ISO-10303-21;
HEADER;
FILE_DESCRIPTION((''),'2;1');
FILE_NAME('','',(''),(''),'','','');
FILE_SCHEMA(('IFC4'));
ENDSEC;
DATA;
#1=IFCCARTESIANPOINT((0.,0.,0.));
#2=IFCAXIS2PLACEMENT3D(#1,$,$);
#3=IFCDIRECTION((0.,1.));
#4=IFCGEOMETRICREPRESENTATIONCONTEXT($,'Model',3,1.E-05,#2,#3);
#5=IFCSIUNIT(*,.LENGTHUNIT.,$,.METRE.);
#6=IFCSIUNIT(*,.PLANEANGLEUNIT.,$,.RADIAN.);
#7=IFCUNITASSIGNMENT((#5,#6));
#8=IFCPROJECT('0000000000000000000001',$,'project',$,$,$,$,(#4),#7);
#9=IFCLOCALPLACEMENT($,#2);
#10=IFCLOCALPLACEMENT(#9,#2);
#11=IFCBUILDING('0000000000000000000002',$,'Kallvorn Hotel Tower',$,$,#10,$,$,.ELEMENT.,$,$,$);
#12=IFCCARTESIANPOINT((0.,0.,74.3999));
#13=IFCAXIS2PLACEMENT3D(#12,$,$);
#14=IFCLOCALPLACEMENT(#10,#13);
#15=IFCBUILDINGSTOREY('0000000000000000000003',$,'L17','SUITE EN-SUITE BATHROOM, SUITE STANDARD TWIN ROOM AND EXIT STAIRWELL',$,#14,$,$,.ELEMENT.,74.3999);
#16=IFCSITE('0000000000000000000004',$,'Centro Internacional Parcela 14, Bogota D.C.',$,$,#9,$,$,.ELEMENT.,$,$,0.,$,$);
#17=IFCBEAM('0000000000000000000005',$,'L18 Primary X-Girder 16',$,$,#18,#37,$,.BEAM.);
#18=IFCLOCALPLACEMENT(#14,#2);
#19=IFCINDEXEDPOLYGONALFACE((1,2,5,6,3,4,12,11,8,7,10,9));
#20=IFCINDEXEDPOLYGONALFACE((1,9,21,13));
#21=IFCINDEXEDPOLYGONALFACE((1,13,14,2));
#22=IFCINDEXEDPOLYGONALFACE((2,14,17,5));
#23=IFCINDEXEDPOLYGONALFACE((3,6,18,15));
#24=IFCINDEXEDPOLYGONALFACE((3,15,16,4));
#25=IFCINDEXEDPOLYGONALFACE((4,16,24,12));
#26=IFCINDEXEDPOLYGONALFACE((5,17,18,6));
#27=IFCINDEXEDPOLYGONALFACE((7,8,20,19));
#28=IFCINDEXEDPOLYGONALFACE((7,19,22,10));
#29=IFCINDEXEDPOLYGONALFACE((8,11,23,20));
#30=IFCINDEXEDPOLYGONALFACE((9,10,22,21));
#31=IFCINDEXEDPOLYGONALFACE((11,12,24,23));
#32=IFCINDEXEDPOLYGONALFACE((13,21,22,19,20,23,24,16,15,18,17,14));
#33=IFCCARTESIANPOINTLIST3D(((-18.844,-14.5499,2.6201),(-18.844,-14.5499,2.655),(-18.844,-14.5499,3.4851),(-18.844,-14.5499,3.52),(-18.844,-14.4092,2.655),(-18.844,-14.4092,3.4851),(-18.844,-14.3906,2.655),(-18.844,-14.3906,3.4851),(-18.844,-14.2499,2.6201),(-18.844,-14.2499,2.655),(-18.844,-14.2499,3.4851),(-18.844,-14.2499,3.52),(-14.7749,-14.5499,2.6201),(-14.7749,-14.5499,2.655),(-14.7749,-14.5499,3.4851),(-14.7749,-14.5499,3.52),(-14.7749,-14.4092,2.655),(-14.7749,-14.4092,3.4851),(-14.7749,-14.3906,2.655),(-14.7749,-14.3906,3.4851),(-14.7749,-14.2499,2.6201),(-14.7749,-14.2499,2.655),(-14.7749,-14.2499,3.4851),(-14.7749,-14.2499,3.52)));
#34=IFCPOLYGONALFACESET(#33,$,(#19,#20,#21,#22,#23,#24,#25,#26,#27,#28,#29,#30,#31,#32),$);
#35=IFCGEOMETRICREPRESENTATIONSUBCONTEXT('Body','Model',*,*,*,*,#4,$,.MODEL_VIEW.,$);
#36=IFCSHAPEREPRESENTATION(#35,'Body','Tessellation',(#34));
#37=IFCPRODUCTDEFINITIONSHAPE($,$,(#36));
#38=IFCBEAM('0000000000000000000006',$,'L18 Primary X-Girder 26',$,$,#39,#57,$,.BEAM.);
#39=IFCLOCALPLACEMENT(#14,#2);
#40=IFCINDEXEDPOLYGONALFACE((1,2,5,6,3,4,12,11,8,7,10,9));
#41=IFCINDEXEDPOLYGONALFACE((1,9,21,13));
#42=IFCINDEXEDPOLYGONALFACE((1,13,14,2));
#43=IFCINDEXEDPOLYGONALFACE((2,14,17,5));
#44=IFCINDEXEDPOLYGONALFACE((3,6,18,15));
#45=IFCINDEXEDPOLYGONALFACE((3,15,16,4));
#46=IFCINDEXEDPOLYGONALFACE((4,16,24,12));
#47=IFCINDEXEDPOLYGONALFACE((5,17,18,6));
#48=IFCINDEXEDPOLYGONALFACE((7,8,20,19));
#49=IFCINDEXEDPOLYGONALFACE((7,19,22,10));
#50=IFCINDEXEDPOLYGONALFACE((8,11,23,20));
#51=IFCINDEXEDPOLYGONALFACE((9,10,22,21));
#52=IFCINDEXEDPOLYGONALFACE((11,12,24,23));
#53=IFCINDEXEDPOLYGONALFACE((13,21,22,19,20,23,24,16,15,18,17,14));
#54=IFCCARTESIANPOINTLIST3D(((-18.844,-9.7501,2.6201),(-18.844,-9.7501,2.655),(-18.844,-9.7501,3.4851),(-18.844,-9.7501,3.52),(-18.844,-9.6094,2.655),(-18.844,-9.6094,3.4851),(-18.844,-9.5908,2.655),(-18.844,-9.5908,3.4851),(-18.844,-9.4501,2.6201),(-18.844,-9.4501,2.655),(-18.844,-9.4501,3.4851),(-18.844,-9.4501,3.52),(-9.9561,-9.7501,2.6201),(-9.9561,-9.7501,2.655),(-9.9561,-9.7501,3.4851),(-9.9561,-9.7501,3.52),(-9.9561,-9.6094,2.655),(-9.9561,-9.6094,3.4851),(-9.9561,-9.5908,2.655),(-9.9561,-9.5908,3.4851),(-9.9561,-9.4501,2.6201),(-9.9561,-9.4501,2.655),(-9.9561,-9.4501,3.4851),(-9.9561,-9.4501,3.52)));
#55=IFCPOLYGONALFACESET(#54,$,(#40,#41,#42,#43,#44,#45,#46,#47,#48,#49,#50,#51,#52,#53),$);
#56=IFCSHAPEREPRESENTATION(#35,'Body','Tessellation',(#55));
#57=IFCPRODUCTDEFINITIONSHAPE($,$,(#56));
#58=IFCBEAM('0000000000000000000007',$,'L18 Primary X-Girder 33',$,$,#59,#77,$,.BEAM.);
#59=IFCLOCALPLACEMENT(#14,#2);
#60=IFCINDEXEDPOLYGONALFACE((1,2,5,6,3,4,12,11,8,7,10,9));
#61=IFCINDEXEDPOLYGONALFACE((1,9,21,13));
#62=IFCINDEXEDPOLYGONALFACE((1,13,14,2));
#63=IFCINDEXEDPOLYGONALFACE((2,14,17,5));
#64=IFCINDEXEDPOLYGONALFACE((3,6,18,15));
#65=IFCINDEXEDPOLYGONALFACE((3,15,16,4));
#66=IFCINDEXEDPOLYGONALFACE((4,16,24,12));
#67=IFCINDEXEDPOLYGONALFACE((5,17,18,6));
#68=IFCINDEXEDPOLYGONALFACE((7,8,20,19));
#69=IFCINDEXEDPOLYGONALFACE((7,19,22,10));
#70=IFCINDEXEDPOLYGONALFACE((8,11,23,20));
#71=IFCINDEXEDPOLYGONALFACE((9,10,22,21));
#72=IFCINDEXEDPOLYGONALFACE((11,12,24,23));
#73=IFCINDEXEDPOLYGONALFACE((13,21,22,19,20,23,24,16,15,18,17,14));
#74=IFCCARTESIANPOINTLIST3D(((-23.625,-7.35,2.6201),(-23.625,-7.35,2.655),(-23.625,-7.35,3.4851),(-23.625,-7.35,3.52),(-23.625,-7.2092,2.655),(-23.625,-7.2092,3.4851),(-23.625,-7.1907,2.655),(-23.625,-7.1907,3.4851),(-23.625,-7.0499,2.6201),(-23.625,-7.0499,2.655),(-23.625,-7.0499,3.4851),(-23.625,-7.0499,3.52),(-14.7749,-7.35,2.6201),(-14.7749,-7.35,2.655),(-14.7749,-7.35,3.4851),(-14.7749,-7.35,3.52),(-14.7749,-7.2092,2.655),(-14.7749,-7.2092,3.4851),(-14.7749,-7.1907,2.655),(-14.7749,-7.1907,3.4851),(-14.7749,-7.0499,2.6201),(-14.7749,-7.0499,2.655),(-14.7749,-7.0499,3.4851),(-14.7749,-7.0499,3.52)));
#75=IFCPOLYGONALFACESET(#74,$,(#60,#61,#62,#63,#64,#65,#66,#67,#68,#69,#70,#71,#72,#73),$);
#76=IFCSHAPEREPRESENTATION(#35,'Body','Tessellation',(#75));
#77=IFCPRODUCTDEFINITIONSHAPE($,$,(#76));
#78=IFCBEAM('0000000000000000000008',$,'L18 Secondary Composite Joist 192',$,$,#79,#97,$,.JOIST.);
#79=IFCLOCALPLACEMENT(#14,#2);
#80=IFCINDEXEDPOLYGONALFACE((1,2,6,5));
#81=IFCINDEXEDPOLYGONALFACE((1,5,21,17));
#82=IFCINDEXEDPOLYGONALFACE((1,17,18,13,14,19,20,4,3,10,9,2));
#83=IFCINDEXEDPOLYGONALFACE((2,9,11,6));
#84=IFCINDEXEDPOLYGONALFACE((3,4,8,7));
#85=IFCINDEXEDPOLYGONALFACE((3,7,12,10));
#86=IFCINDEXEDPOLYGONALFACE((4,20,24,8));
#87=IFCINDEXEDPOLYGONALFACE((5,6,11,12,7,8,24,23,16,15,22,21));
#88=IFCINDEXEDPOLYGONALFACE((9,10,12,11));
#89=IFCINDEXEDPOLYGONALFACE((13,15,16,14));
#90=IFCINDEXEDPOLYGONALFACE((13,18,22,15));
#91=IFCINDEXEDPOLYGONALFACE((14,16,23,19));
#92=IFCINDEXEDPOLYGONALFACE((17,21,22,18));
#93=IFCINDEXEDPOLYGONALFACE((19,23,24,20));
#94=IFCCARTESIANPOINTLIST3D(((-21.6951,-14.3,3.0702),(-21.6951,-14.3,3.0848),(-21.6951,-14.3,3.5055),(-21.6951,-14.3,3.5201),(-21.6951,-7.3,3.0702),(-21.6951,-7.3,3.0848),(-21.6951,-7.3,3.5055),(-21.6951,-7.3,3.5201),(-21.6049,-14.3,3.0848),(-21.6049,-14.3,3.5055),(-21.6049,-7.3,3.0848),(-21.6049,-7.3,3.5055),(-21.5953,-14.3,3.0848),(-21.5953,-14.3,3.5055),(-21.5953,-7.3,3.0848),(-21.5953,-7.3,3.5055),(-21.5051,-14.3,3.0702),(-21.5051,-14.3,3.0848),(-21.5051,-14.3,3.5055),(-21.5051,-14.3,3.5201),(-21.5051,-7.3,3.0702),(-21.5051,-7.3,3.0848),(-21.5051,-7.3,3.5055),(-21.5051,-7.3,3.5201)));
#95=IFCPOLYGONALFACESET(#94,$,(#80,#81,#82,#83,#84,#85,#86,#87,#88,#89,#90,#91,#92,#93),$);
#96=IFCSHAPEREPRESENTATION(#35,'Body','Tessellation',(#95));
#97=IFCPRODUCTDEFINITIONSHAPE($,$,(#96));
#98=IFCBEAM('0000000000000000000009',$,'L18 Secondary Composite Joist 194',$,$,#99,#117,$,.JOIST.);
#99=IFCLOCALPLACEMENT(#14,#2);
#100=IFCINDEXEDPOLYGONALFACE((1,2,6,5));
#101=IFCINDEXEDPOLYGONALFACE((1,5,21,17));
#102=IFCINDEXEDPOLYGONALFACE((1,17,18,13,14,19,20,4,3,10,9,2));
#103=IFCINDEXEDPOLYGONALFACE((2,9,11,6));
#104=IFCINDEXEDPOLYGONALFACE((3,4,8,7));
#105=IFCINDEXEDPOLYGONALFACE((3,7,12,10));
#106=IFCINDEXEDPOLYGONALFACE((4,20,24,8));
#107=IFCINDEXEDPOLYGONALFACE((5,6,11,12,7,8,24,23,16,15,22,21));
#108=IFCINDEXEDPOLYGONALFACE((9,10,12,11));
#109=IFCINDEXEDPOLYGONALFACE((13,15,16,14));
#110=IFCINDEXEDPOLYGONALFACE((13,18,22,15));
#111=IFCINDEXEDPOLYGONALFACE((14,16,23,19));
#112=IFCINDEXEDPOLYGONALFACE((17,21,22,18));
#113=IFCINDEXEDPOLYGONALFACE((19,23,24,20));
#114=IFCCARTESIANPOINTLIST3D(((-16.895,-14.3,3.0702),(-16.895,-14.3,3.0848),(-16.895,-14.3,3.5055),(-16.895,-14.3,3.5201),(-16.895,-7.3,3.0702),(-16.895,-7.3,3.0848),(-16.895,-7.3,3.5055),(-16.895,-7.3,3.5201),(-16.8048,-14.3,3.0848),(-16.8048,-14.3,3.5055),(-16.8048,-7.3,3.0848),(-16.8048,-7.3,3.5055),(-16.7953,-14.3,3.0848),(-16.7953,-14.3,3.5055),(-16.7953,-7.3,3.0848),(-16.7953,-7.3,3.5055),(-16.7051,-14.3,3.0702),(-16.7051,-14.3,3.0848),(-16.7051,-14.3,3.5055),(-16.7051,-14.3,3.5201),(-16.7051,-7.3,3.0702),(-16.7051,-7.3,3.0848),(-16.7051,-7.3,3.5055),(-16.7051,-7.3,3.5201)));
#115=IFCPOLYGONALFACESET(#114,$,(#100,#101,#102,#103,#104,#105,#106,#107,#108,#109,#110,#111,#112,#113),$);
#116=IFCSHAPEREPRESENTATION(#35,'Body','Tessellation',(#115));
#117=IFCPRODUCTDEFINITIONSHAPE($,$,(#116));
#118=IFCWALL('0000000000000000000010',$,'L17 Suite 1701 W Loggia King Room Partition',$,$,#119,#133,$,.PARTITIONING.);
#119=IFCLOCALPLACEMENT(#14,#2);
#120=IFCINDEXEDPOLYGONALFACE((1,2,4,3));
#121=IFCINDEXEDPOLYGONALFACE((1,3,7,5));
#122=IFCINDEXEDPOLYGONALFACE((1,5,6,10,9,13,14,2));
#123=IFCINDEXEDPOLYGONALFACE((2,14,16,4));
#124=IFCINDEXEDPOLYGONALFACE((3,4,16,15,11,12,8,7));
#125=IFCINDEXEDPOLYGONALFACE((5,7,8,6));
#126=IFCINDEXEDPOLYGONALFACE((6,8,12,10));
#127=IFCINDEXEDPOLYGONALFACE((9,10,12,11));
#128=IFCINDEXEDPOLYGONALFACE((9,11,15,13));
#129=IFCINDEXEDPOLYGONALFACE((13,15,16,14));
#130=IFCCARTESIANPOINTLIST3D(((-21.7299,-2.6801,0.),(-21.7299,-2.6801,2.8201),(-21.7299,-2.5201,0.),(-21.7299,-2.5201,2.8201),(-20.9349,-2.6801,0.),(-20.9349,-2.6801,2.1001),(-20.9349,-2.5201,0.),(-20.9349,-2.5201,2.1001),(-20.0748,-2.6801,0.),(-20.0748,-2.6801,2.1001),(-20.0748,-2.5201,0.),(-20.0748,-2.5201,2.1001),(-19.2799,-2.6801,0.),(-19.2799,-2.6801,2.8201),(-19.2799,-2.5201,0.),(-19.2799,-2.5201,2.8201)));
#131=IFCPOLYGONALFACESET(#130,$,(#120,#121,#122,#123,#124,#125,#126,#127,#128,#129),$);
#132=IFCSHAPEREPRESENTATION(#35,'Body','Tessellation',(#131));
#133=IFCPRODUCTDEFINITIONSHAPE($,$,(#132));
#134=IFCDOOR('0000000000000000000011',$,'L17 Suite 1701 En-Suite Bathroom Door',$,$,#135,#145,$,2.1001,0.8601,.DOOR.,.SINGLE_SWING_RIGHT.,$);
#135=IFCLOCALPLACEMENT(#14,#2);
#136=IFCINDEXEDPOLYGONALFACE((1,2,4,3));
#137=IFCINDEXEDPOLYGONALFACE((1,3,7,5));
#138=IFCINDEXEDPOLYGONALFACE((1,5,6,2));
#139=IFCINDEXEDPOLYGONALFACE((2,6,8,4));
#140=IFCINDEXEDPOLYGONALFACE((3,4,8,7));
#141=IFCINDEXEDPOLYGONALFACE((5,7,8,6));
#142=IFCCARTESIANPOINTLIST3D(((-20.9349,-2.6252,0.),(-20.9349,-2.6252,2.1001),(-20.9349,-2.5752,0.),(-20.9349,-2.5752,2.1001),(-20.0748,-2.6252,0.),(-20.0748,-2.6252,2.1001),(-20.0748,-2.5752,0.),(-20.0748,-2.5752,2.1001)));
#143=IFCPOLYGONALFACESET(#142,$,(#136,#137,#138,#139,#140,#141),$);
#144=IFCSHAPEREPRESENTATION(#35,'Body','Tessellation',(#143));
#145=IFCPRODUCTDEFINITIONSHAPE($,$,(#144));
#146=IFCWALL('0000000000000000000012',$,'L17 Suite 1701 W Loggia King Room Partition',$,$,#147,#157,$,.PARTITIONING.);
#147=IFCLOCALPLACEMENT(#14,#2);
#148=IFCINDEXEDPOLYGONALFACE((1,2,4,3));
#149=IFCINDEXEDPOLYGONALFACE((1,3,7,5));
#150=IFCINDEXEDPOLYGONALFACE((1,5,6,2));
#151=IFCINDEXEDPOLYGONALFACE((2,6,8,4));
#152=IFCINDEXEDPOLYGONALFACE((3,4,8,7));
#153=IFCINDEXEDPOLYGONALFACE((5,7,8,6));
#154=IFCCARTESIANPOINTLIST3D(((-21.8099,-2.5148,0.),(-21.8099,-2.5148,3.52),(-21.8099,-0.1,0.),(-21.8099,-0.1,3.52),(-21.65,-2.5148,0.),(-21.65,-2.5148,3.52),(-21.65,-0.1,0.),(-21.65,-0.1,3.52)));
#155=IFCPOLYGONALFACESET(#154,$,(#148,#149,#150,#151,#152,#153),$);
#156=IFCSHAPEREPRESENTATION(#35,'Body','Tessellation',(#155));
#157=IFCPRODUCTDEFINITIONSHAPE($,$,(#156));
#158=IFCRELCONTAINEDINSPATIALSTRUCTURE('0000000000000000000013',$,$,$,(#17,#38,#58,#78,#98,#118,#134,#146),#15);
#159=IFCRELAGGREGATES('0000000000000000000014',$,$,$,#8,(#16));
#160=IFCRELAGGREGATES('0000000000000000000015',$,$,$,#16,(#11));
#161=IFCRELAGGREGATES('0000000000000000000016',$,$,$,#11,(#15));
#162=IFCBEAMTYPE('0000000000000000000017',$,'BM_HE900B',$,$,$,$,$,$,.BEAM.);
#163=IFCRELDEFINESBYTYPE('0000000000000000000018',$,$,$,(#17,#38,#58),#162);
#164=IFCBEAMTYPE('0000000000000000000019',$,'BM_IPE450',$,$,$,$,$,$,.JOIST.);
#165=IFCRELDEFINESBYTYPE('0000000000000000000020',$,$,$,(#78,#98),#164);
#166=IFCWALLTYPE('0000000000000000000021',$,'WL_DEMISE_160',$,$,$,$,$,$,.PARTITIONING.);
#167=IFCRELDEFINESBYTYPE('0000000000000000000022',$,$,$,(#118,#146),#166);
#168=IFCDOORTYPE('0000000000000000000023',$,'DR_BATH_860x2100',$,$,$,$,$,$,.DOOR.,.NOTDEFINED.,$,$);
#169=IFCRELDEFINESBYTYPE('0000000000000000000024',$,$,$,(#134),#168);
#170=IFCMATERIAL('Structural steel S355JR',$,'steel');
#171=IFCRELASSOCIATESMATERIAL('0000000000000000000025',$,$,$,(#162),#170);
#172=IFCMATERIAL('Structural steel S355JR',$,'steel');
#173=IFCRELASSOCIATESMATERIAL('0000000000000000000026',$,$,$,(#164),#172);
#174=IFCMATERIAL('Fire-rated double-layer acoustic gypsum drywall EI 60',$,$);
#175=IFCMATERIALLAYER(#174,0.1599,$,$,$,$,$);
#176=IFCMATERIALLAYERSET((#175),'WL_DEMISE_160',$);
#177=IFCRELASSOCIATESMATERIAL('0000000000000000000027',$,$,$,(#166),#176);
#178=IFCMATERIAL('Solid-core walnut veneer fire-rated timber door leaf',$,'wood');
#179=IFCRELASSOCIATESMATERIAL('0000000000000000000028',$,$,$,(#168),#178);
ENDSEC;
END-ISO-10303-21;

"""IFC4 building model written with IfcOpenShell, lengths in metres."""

from ifc_helpers import new_model, si_unit, direction, frame, frame_2d, origin, origin_2d, place, context, subcontext, project, spatial, rectangle, i_section, extrude, material, layer, layer_set, material_profile, profile_set, type_object, element, fill, save


model = new_model("IFC4")

# Units and contexts
model_context = context("Model", 3, precision=1e-05, world=origin(), true_north=direction((0.0, 1.0)))
body_context = subcontext(model_context, "Body", "Model", "MODEL_VIEW")
ifc_project = project(units=[si_unit("LENGTHUNIT", "METRE"), si_unit("PLANEANGLEUNIT", "RADIAN")], contexts=[model_context])

# Site, building, storey
site_placement = place(None, origin())
site = spatial("IfcSite", under=ifc_project, at=site_placement, Name="Centro Internacional Parcela 14, Bogota D.C.", CompositionType="ELEMENT", RefElevation=0.0)
building_placement = place(site_placement, origin())
building = spatial("IfcBuilding", under=site, at=building_placement, Name="Kallvorn Hotel Tower", CompositionType="ELEMENT")
storey_placement = place(building_placement, frame((0.0, 0.0, 74.3999)))
storey = spatial("IfcBuildingStorey", under=building, at=storey_placement, Name="L17", Description="SUITE EN-SUITE BATHROOM, SUITE STANDARD TWIN ROOM AND EXIT STAIRWELL", CompositionType="ELEMENT", Elevation=74.3999)

# Beams
ifc_material_1 = material(Name="Structural steel S355JR", Category="steel")
ifc_material_profile_1 = material_profile(ifc_material_1, i_section(OverallWidth=0.3, OverallDepth=0.8999, WebThickness=0.0186, FlangeThickness=0.0349, at=origin_2d()), Name="HE 900 B")
ifc_profile_set_1 = profile_set([ifc_material_profile_1], Name="Structural steel S355JR")
beam_type_1 = type_object("IfcBeamType", Name="BM_HE900B", PredefinedType="BEAM", material=ifc_profile_set_1)
beam_1_placement = place(storey_placement, frame((-18.844, -14.3999, 3.0701), z_axis=(1.0, 0.0, 0.0), x_axis=(0.0, 1.0, 0.0)))
element("IfcBeam", 1, at=beam_1_placement, inside=storey, type_object=beam_type_1, Name="L18 Primary X-Girder 16", PredefinedType="BEAM", context=body_context, shape_type="SweptSolid", body=[
    extrude(i_section(OverallWidth=0.3, OverallDepth=0.8999, WebThickness=0.0186, FlangeThickness=0.0349, at=origin_2d()), origin(), (0.0, 0.0, 1.0), 4.0691),
])
beam_2_placement = place(storey_placement, frame((-18.844, -9.6001, 3.0701), z_axis=(1.0, 0.0, 0.0), x_axis=(0.0, 1.0, 0.0)))
element("IfcBeam", 2, at=beam_2_placement, inside=storey, type_object=beam_type_1, Name="L18 Primary X-Girder 26", PredefinedType="BEAM", context=body_context, shape_type="SweptSolid", body=[
    extrude(i_section(OverallWidth=0.3, OverallDepth=0.8999, WebThickness=0.0186, FlangeThickness=0.0349, at=origin_2d()), origin(), (0.0, 0.0, 1.0), 8.8879),
])
beam_3_placement = place(storey_placement, frame((-23.625, -7.2, 3.0701), z_axis=(1.0, 0.0, 0.0), x_axis=(0.0, 1.0, 0.0)))
element("IfcBeam", 3, at=beam_3_placement, inside=storey, type_object=beam_type_1, Name="L18 Primary X-Girder 33", PredefinedType="BEAM", context=body_context, shape_type="SweptSolid", body=[
    extrude(i_section(OverallWidth=0.3, OverallDepth=0.8999, WebThickness=0.0186, FlangeThickness=0.0349, at=origin_2d()), origin(), (0.0, 0.0, 1.0), 8.8501),
])
ifc_material_2 = material(Name="Structural steel S355JR", Category="steel")
ifc_material_profile_2 = material_profile(ifc_material_2, i_section(OverallWidth=0.1899, OverallDepth=0.45, WebThickness=0.0095, FlangeThickness=0.0146, at=origin_2d()), Name="IPE 450")
ifc_profile_set_2 = profile_set([ifc_material_profile_2], Name="Structural steel S355JR")
beam_type_2 = type_object("IfcBeamType", Name="BM_IPE450", PredefinedType="JOIST", material=ifc_profile_set_2)
for number, where, z_axis, x_axis, name in (
    (4, (-21.6001, -14.3, 3.2952), (0.0, 1.0, 0.0), (-1.0, 0.0, 0.0), "L18 Secondary Composite Joist 192"),
    (5, (-16.8, -14.3, 3.2952), (0.0, 1.0, 0.0), (-1.0, 0.0, 0.0), "L18 Secondary Composite Joist 194"),
):
    element("IfcBeam", number, at=place(storey_placement, frame(where, z_axis=z_axis, x_axis=x_axis)), inside=storey, type_object=beam_type_2, Name=name, PredefinedType="JOIST", context=body_context, shape_type="SweptSolid", body=[
        extrude(i_section(OverallWidth=0.1899, OverallDepth=0.45, WebThickness=0.0095, FlangeThickness=0.0146, at=origin_2d()), origin(), (0.0, 0.0, 1.0), 7.0),
    ])

# Wall, opening, door
ifc_material_3 = material(Name="Fire-rated double-layer acoustic gypsum drywall EI 60")
ifc_layer = layer(ifc_material_3, 0.1599)
ifc_layer_set = layer_set([ifc_layer], Name="WL_DEMISE_160")
wall_type = type_object("IfcWallType", Name="WL_DEMISE_160", PredefinedType="PARTITIONING", material=ifc_layer_set)
wall_1_placement = place(storey_placement, frame((-21.73, -2.6001, 0.0), z_axis=(0.0, 0.0, 1.0), x_axis=(1.0, 0.0, 0.0)))
wall_1 = element("IfcWall", 6, at=wall_1_placement, inside=storey, type_object=wall_type, Name="L17 Suite 1701 W Loggia King Room Partition", PredefinedType="PARTITIONING", context=body_context, shape_type="SweptSolid", body=[
    extrude(rectangle(XDim=2.45, YDim=0.1599, at=frame_2d((1.2251, 0.0))), origin(), (0.0, 0.0, 1.0), 2.8201),
])
opening_1_placement = place(wall_1_placement, frame((0.7949, 0.0, 0.0)))
opening_1 = element("IfcOpeningElement", 7, at=opening_1_placement, cuts=wall_1, PredefinedType="OPENING", context=body_context, shape_type="SweptSolid", body=[
    extrude(rectangle(XDim=0.8601, YDim=2.1001, at=frame_2d((0.4302, 1.05))), frame((0.0, 0.095, 0.0), z_axis=(0.0, -1.0, 0.0), x_axis=(1.0, 0.0, 0.0)), (0.0, 0.0, 1.0), 0.1899),
])
ifc_material_4 = material(Name="Solid-core walnut veneer fire-rated timber door leaf", Category="wood")
door_type_1 = type_object("IfcDoorType", Name="DR_BATH_860x2100", OperationType="NOTDEFINED", PredefinedType="DOOR", material=ifc_material_4)
door_1_placement = place(opening_1_placement, origin())
door_1 = element("IfcDoor", 8, at=door_1_placement, inside=storey, type_object=door_type_1, Name="L17 Suite 1701 En-Suite Bathroom Door", OperationType="SINGLE_SWING_RIGHT", OverallHeight=2.1001, OverallWidth=0.8601, PredefinedType="DOOR", context=body_context, shape_type="SweptSolid", body=[
    extrude(rectangle(XDim=0.8601, YDim=2.1001, at=frame_2d((0.4302, 1.05))), frame((0.0, 0.0249, 0.0), z_axis=(0.0, -1.0, 0.0), x_axis=(1.0, 0.0, 0.0)), (0.0, 0.0, 1.0), 0.05),
])
fill(opening_1, door_1)

# Wall
wall_2_placement = place(storey_placement, frame((-21.73, -2.5149, 0.0), z_axis=(0.0, 0.0, 1.0), x_axis=(0.0, 1.0, 0.0)))
element("IfcWall", 9, at=wall_2_placement, inside=storey, type_object=wall_type, Name="L17 Suite 1701 W Loggia King Room Partition", PredefinedType="PARTITIONING", context=body_context, shape_type="SweptSolid", body=[
    extrude(rectangle(XDim=2.4148, YDim=0.1599, at=frame_2d((1.2075, 0.0))), origin(), (0.0, 0.0, 1.0), 3.52),
])

save(model, "model.ifc")
